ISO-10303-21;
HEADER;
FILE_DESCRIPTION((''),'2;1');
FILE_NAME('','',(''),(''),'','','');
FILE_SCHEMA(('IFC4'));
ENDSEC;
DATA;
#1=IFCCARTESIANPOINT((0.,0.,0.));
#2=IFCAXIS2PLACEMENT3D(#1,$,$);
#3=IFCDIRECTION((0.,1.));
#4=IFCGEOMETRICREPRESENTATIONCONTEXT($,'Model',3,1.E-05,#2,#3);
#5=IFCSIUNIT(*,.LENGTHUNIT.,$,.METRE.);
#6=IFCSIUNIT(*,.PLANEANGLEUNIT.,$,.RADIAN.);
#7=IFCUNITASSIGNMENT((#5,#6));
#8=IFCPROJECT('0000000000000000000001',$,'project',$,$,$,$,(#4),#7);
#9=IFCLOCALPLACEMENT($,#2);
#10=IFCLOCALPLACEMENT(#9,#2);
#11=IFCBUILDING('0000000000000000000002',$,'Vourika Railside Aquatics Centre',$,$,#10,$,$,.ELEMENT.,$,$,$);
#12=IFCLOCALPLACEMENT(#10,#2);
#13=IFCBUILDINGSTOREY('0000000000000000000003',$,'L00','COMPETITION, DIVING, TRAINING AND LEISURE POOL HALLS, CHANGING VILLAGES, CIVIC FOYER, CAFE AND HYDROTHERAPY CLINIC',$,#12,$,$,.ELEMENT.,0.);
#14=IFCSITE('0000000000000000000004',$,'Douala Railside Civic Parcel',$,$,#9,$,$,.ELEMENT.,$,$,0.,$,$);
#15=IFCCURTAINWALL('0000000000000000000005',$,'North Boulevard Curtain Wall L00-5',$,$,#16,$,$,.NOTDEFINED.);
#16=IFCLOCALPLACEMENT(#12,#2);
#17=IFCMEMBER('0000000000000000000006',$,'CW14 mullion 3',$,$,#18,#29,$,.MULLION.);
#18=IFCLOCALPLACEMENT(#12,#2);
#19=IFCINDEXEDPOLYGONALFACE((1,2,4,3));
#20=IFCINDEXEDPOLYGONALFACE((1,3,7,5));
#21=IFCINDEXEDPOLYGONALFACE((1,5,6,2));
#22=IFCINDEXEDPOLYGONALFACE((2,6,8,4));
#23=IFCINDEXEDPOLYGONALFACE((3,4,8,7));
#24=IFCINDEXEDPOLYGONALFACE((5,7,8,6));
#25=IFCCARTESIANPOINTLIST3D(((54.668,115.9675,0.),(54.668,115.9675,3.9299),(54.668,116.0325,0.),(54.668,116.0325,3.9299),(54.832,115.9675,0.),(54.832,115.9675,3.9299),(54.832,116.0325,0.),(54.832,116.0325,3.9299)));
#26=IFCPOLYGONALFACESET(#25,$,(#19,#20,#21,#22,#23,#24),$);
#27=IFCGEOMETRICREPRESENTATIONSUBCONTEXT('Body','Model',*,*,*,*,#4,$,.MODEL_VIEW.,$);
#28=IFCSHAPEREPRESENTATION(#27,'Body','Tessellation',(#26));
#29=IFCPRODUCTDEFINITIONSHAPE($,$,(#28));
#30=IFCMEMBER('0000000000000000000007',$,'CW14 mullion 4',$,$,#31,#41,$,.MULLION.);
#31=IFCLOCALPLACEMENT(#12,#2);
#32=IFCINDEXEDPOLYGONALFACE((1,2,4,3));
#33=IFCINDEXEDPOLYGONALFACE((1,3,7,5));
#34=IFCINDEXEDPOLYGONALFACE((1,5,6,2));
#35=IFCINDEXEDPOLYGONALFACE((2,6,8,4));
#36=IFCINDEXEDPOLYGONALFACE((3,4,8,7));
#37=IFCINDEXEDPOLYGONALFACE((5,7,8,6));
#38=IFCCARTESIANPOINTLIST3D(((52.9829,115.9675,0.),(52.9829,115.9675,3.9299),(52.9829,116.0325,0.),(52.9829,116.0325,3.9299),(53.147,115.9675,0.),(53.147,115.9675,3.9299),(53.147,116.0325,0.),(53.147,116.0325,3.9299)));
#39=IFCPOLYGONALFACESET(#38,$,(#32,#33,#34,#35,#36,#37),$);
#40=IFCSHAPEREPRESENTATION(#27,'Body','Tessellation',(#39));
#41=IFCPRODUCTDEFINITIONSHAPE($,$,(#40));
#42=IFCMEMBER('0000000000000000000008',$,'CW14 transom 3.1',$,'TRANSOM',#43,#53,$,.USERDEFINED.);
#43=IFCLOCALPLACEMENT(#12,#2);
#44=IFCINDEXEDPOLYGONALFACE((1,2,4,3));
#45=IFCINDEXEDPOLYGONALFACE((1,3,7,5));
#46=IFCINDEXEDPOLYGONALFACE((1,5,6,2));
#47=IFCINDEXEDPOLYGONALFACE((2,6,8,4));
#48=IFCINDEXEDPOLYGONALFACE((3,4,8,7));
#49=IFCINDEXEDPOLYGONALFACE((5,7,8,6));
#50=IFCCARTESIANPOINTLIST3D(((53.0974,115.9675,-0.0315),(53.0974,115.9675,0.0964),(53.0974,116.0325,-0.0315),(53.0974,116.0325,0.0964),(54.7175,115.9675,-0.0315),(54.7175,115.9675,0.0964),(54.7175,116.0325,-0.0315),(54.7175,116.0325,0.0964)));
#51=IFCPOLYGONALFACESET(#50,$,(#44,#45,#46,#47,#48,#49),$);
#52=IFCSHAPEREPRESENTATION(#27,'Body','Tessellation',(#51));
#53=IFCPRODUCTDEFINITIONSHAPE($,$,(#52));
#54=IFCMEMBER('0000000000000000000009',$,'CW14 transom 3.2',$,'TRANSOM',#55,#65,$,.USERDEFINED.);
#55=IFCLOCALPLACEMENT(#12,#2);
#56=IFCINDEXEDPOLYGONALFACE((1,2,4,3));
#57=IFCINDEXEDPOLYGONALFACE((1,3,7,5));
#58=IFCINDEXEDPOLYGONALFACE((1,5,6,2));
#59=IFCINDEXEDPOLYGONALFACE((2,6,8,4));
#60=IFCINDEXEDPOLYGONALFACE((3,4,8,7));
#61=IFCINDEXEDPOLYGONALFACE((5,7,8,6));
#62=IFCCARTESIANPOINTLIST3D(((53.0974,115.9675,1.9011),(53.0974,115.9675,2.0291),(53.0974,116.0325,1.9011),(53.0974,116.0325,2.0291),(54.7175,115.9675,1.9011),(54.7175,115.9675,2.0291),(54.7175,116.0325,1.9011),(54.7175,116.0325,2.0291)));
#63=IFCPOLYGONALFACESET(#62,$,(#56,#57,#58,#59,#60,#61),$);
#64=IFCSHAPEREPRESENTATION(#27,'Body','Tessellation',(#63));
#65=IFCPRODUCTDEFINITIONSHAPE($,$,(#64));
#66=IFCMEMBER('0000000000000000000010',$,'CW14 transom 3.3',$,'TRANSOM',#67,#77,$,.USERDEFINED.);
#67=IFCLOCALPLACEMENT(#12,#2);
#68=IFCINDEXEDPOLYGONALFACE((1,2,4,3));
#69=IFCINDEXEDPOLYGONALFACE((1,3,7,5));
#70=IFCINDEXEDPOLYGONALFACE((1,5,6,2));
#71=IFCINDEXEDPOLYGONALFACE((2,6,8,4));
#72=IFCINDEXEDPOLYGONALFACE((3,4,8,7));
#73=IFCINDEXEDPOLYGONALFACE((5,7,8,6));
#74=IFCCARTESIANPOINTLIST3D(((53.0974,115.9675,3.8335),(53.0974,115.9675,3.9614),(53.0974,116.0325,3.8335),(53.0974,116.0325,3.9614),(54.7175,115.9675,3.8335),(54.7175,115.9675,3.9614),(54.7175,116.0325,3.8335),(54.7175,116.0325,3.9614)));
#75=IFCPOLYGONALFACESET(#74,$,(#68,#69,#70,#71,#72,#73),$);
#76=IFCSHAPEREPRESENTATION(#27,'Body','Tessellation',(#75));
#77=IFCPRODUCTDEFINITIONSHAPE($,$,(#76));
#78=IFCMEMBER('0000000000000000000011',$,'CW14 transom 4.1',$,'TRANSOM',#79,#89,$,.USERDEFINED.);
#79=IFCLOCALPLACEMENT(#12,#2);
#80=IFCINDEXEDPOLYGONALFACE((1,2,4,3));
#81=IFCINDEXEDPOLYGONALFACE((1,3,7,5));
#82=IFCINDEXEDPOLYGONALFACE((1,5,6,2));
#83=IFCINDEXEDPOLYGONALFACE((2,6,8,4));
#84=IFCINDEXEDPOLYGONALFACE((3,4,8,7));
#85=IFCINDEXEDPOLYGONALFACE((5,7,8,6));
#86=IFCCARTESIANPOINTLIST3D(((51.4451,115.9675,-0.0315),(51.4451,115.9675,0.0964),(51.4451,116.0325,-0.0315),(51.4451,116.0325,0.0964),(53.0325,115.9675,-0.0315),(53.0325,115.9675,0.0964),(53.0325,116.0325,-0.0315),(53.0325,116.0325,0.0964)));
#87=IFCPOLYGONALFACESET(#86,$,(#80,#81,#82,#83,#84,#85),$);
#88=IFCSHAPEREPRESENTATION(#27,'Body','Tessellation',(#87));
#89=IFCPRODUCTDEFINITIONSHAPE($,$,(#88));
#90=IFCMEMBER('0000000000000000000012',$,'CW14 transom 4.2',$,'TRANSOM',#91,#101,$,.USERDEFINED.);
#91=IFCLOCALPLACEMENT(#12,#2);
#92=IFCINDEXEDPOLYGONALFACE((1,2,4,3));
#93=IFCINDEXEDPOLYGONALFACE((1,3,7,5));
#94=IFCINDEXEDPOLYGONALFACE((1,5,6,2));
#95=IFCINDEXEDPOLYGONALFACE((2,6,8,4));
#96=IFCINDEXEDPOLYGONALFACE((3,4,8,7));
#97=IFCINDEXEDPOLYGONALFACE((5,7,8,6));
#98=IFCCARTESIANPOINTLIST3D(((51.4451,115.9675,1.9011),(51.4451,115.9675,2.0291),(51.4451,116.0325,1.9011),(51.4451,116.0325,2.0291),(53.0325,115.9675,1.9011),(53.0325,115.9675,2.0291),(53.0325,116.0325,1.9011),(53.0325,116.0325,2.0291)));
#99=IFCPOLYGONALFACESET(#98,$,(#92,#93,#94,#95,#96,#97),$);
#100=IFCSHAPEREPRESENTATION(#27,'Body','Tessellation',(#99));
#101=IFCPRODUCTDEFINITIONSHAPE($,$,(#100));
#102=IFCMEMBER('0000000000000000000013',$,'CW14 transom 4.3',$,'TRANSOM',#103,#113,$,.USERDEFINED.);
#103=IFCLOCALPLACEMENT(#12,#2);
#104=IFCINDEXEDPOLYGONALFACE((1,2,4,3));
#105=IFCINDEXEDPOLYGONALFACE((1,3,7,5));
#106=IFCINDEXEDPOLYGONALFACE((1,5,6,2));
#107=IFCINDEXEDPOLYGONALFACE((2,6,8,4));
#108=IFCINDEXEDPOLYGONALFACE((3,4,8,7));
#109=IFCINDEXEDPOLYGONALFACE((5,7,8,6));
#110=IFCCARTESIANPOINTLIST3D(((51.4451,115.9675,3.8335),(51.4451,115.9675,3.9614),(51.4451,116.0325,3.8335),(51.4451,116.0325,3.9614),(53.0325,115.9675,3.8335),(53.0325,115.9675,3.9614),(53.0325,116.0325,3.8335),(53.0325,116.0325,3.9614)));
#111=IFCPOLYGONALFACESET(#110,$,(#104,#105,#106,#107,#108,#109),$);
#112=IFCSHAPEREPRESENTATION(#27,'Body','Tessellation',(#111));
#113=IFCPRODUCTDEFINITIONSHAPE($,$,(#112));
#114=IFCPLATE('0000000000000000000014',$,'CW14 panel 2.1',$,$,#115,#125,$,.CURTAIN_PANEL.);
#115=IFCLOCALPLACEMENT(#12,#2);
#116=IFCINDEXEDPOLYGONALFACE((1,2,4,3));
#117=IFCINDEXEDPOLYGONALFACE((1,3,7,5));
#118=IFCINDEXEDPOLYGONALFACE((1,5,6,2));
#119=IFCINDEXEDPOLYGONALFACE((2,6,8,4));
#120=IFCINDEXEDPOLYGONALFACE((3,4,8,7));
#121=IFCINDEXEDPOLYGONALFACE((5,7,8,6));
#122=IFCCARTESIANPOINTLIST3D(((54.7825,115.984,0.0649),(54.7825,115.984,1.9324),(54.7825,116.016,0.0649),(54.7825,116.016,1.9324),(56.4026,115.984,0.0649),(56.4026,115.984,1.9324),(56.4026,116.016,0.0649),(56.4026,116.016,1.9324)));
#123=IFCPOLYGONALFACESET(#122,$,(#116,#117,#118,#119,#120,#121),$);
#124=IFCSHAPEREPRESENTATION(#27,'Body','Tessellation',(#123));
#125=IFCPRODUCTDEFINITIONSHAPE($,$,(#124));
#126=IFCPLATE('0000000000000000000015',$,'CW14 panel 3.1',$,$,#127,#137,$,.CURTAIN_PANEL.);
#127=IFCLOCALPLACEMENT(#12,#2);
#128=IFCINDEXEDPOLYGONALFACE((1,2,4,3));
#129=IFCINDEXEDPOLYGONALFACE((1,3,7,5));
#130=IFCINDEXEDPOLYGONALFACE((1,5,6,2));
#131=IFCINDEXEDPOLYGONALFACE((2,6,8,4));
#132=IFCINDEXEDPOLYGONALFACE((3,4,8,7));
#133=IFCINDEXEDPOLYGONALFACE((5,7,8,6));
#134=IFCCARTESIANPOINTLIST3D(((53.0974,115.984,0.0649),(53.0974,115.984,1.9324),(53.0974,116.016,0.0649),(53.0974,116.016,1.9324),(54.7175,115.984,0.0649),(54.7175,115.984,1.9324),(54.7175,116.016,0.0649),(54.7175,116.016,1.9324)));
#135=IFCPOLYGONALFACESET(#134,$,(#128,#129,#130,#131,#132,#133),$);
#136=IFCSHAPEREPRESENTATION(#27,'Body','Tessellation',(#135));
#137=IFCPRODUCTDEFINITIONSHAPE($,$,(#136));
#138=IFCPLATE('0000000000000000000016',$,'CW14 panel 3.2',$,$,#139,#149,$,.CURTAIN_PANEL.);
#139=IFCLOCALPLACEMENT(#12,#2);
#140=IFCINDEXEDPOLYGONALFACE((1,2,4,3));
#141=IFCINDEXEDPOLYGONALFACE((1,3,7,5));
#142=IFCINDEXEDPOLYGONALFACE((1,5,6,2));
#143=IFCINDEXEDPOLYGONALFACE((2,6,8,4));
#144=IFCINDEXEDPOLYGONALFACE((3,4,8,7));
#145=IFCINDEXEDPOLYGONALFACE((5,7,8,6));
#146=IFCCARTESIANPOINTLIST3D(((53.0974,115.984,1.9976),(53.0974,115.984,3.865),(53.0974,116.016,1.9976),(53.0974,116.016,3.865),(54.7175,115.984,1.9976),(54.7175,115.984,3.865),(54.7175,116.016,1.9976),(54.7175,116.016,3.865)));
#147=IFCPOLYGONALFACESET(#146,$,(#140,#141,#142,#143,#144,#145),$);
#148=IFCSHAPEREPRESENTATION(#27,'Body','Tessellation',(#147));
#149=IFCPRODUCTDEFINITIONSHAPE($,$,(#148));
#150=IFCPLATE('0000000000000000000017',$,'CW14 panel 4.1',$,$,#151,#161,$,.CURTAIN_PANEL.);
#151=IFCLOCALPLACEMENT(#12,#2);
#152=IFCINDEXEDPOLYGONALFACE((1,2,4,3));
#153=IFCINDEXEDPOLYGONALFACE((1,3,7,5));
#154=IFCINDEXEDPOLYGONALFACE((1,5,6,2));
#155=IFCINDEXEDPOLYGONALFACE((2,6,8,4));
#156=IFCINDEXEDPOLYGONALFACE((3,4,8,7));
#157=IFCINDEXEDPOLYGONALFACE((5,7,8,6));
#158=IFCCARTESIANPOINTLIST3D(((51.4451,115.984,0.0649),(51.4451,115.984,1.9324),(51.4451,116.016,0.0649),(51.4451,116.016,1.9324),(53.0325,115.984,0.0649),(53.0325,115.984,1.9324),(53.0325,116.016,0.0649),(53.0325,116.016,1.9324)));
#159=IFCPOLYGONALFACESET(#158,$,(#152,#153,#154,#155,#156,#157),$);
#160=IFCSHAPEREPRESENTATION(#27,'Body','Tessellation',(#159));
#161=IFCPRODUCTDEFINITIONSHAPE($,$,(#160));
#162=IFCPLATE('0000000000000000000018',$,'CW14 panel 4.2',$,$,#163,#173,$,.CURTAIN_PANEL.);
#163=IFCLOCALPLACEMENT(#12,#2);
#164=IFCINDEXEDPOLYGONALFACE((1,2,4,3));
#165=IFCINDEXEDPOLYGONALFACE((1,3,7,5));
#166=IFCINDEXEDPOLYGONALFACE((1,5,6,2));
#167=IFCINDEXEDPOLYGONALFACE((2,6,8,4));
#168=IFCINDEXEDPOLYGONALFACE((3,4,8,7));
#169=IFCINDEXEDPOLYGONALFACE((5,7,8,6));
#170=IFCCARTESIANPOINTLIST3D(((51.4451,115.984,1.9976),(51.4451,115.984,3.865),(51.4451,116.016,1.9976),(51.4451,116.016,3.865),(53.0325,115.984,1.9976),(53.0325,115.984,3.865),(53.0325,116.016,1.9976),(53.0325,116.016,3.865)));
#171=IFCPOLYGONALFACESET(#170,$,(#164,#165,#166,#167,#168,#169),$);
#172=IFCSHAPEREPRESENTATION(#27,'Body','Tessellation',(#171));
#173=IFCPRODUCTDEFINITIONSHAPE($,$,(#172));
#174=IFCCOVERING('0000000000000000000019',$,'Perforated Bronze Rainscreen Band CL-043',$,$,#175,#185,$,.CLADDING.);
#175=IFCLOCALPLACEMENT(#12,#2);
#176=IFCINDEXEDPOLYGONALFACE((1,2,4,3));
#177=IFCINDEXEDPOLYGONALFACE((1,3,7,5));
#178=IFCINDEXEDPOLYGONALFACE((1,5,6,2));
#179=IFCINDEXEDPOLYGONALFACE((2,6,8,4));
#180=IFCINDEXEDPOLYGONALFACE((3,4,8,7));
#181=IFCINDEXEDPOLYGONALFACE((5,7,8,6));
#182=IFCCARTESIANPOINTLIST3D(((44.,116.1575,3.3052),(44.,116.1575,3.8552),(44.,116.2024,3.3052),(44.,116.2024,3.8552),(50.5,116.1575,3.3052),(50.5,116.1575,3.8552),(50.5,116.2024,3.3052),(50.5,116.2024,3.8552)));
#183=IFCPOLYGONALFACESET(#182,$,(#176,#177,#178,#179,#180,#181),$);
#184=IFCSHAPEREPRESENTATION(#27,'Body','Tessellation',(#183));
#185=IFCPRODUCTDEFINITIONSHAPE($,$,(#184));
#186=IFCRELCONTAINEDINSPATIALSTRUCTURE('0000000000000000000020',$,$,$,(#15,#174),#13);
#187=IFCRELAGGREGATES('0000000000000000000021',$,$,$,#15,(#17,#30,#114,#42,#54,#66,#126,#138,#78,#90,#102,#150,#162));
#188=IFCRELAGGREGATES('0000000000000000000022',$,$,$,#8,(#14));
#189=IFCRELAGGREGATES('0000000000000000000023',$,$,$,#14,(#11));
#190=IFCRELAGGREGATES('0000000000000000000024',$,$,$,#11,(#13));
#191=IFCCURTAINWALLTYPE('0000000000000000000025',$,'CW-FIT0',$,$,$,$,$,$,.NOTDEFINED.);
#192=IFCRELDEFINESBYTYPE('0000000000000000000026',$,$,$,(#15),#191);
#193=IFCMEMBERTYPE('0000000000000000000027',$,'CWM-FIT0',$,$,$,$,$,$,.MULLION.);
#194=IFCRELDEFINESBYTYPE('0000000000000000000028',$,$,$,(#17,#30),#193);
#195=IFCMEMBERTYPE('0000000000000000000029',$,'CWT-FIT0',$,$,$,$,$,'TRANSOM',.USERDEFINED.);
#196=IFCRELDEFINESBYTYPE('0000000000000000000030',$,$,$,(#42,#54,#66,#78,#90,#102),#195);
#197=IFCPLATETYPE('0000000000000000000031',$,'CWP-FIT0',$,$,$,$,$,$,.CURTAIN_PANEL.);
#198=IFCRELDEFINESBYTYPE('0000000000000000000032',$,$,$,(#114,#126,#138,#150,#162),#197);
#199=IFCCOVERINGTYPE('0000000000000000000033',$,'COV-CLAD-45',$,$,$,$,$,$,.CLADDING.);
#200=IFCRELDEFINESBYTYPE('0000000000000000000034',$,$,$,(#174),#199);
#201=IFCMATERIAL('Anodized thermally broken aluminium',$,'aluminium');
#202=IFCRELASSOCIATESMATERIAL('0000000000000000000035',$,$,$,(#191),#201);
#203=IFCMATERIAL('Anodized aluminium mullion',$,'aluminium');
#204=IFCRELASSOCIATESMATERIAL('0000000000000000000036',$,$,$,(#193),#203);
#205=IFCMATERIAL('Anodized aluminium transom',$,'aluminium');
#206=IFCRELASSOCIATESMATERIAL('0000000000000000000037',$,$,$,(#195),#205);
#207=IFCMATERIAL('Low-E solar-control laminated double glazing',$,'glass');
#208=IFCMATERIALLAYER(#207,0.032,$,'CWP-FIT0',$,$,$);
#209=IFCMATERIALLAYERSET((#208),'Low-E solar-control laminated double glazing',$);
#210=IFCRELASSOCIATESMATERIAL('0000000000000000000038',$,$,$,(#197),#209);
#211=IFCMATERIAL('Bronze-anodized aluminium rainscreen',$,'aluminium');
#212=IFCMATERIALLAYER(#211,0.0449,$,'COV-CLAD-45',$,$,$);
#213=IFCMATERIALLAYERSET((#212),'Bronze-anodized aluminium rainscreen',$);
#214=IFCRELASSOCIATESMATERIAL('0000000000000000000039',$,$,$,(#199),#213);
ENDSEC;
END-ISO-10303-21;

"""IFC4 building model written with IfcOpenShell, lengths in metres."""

from ifc_helpers import new_model, si_unit, direction, frame, origin, origin_2d, place, context, subcontext, project, spatial, rectangle, extrude, material, layer, layer_set, material_profile, profile_set, type_object, element, aggregate, save


model = new_model("IFC4")

# Units and contexts
model_context = context("Model", 3, precision=1e-05, world=origin(), true_north=direction((0.0, 1.0)))
body_context = subcontext(model_context, "Body", "Model", "MODEL_VIEW")
ifc_project = project(units=[si_unit("LENGTHUNIT", "METRE"), si_unit("PLANEANGLEUNIT", "RADIAN")], contexts=[model_context])

# Site, building, storey
site_placement = place(None, origin())
site = spatial("IfcSite", under=ifc_project, at=site_placement, Name="Douala Railside Civic Parcel", CompositionType="ELEMENT", RefElevation=0.0)
building_placement = place(site_placement, origin())
building = spatial("IfcBuilding", under=site, at=building_placement, Name="Vourika Railside Aquatics Centre", CompositionType="ELEMENT")
storey_placement = place(building_placement, origin())
storey = spatial("IfcBuildingStorey", under=building, at=storey_placement, Name="L00", Description="COMPETITION, DIVING, TRAINING AND LEISURE POOL HALLS, CHANGING VILLAGES, CIVIC FOYER, CAFE AND HYDROTHERAPY CLINIC", CompositionType="ELEMENT", Elevation=0.0)

# Curtain wall, members, plates
ifc_material_1 = material(Name="Anodized thermally broken aluminium", Category="aluminium")
curtain_wall_type = type_object("IfcCurtainWallType", Name="CW-FIT0", PredefinedType="NOTDEFINED", material=ifc_material_1)
curtain_wall_placement = place(storey_placement, origin())
curtain_wall = element("IfcCurtainWall", 1, at=curtain_wall_placement, inside=storey, type_object=curtain_wall_type, Name="North Boulevard Curtain Wall L00-5", PredefinedType="NOTDEFINED")
ifc_material_2 = material(Name="Anodized aluminium mullion", Category="aluminium")
ifc_material_profile_1 = material_profile(ifc_material_2, rectangle(XDim=0.0649, YDim=0.1641, at=origin_2d()), Name="ALU-M 65x164")
ifc_profile_set_1 = profile_set([ifc_material_profile_1], Name="Anodized aluminium mullion")
member_type_1 = type_object("IfcMemberType", Name="CWM-FIT0", PredefinedType="MULLION", material=ifc_profile_set_1)
member_1_placement = place(storey_placement, frame((54.75, 116.0, 0.0), z_axis=(0.0, 0.0, 1.0), x_axis=(0.0, -1.0, 0.0)))
member_1 = element("IfcMember", 2, at=member_1_placement, type_object=member_type_1, Name="CW14 mullion 3", PredefinedType="MULLION", context=body_context, shape_type="SweptSolid", body=[
    extrude(rectangle(XDim=0.0649, YDim=0.1641, at=origin_2d()), origin(), (0.0, 0.0, 1.0), 3.9299),
])
member_2_placement = place(storey_placement, frame((53.0649, 116.0, 0.0), z_axis=(0.0, 0.0, 1.0), x_axis=(0.0, -1.0, 0.0)))
member_2 = element("IfcMember", 3, at=member_2_placement, type_object=member_type_1, Name="CW14 mullion 4", PredefinedType="MULLION", context=body_context, shape_type="SweptSolid", body=[
    extrude(rectangle(XDim=0.0649, YDim=0.1641, at=origin_2d()), origin(), (0.0, 0.0, 1.0), 3.9299),
])
ifc_material_3 = material(Name="Anodized aluminium transom", Category="aluminium")
ifc_material_profile_2 = material_profile(ifc_material_3, rectangle(XDim=0.0649, YDim=0.1279, at=origin_2d()), Name="ALU-T 65x128")
ifc_profile_set_2 = profile_set([ifc_material_profile_2], Name="Anodized aluminium transom")
member_type_2 = type_object("IfcMemberType", Name="CWT-FIT0", ElementType="TRANSOM", PredefinedType="USERDEFINED", material=ifc_profile_set_2)
member_3_placement = place(storey_placement, frame((54.7175, 116.0, 0.0325), z_axis=(-1.0, 0.0, 0.0), x_axis=(0.0, -1.0, 0.0)))
member_3 = element("IfcMember", 4, at=member_3_placement, type_object=member_type_2, Name="CW14 transom 3.1", ObjectType="TRANSOM", PredefinedType="USERDEFINED", context=body_context, shape_type="SweptSolid", body=[
    extrude(rectangle(XDim=0.0649, YDim=0.1279, at=origin_2d()), origin(), (0.0, 0.0, 1.0), 1.6201),
])
member_4_placement = place(storey_placement, frame((54.7175, 116.0, 1.9651), z_axis=(-1.0, 0.0, 0.0), x_axis=(0.0, -1.0, 0.0)))
member_4 = element("IfcMember", 5, at=member_4_placement, type_object=member_type_2, Name="CW14 transom 3.2", ObjectType="TRANSOM", PredefinedType="USERDEFINED", context=body_context, shape_type="SweptSolid", body=[
    extrude(rectangle(XDim=0.0649, YDim=0.1279, at=origin_2d()), origin(), (0.0, 0.0, 1.0), 1.6201),
])
member_5_placement = place(storey_placement, frame((54.7175, 116.0, 3.8975), z_axis=(-1.0, 0.0, 0.0), x_axis=(0.0, -1.0, 0.0)))
member_5 = element("IfcMember", 6, at=member_5_placement, type_object=member_type_2, Name="CW14 transom 3.3", ObjectType="TRANSOM", PredefinedType="USERDEFINED", context=body_context, shape_type="SweptSolid", body=[
    extrude(rectangle(XDim=0.0649, YDim=0.1279, at=origin_2d()), origin(), (0.0, 0.0, 1.0), 1.6201),
])
member_6_placement = place(storey_placement, frame((53.0325, 116.0, 0.0325), z_axis=(-1.0, 0.0, 0.0), x_axis=(0.0, -1.0, 0.0)))
member_6 = element("IfcMember", 7, at=member_6_placement, type_object=member_type_2, Name="CW14 transom 4.1", ObjectType="TRANSOM", PredefinedType="USERDEFINED", context=body_context, shape_type="SweptSolid", body=[
    extrude(rectangle(XDim=0.0649, YDim=0.1279, at=origin_2d()), origin(), (0.0, 0.0, 1.0), 1.5874),
])
member_7_placement = place(storey_placement, frame((53.0325, 116.0, 1.9651), z_axis=(-1.0, 0.0, 0.0), x_axis=(0.0, -1.0, 0.0)))
member_7 = element("IfcMember", 8, at=member_7_placement, type_object=member_type_2, Name="CW14 transom 4.2", ObjectType="TRANSOM", PredefinedType="USERDEFINED", context=body_context, shape_type="SweptSolid", body=[
    extrude(rectangle(XDim=0.0649, YDim=0.1279, at=origin_2d()), origin(), (0.0, 0.0, 1.0), 1.5874),
])
member_8_placement = place(storey_placement, frame((53.0325, 116.0, 3.8975), z_axis=(-1.0, 0.0, 0.0), x_axis=(0.0, -1.0, 0.0)))
member_8 = element("IfcMember", 9, at=member_8_placement, type_object=member_type_2, Name="CW14 transom 4.3", ObjectType="TRANSOM", PredefinedType="USERDEFINED", context=body_context, shape_type="SweptSolid", body=[
    extrude(rectangle(XDim=0.0649, YDim=0.1279, at=origin_2d()), origin(), (0.0, 0.0, 1.0), 1.5874),
])
ifc_material_4 = material(Name="Low-E solar-control laminated double glazing", Category="glass")
ifc_layer_1 = layer(ifc_material_4, 0.032, Name="CWP-FIT0")
ifc_layer_set_1 = layer_set([ifc_layer_1], Name="Low-E solar-control laminated double glazing")
plate_type = type_object("IfcPlateType", Name="CWP-FIT0", PredefinedType="CURTAIN_PANEL", material=ifc_layer_set_1)
plate_1_placement = place(storey_placement, frame((55.5925, 116.0, 0.0649), z_axis=(0.0, 0.0, 1.0), x_axis=(-1.0, 0.0, 0.0)))
plate_1 = element("IfcPlate", 10, at=plate_1_placement, type_object=plate_type, Name="CW14 panel 2.1", PredefinedType="CURTAIN_PANEL", context=body_context, shape_type="SweptSolid", body=[
    extrude(rectangle(XDim=1.6201, YDim=0.032, at=origin_2d()), origin(), (0.0, 0.0, 1.0), 1.8674),
])
plate_2_placement = place(storey_placement, frame((53.9075, 116.0, 0.0649), z_axis=(0.0, 0.0, 1.0), x_axis=(-1.0, 0.0, 0.0)))
plate_2 = element("IfcPlate", 11, at=plate_2_placement, type_object=plate_type, Name="CW14 panel 3.1", PredefinedType="CURTAIN_PANEL", context=body_context, shape_type="SweptSolid", body=[
    extrude(rectangle(XDim=1.6201, YDim=0.032, at=origin_2d()), origin(), (0.0, 0.0, 1.0), 1.8674),
])
plate_3_placement = place(storey_placement, frame((53.9075, 116.0, 1.9976), z_axis=(0.0, 0.0, 1.0), x_axis=(-1.0, 0.0, 0.0)))
plate_3 = element("IfcPlate", 12, at=plate_3_placement, type_object=plate_type, Name="CW14 panel 3.2", PredefinedType="CURTAIN_PANEL", context=body_context, shape_type="SweptSolid", body=[
    extrude(rectangle(XDim=1.6201, YDim=0.032, at=origin_2d()), origin(), (0.0, 0.0, 1.0), 1.8674),
])
plate_4_placement = place(storey_placement, frame((52.2388, 116.0, 0.0649), z_axis=(0.0, 0.0, 1.0), x_axis=(-1.0, 0.0, 0.0)))
plate_4 = element("IfcPlate", 13, at=plate_4_placement, type_object=plate_type, Name="CW14 panel 4.1", PredefinedType="CURTAIN_PANEL", context=body_context, shape_type="SweptSolid", body=[
    extrude(rectangle(XDim=1.5874, YDim=0.032, at=origin_2d()), origin(), (0.0, 0.0, 1.0), 1.8674),
])
plate_5_placement = place(storey_placement, frame((52.2388, 116.0, 1.9976), z_axis=(0.0, 0.0, 1.0), x_axis=(-1.0, 0.0, 0.0)))
plate_5 = element("IfcPlate", 14, at=plate_5_placement, type_object=plate_type, Name="CW14 panel 4.2", PredefinedType="CURTAIN_PANEL", context=body_context, shape_type="SweptSolid", body=[
    extrude(rectangle(XDim=1.5874, YDim=0.032, at=origin_2d()), origin(), (0.0, 0.0, 1.0), 1.8674),
])
aggregate(curtain_wall, [member_1, member_2, plate_1, member_3, member_4, member_5, plate_2, plate_3, member_6, member_7, member_8, plate_4, plate_5])

# Covering
ifc_material_5 = material(Name="Bronze-anodized aluminium rainscreen", Category="aluminium")
ifc_layer_2 = layer(ifc_material_5, 0.0449, Name="COV-CLAD-45")
ifc_layer_set_2 = layer_set([ifc_layer_2], Name="Bronze-anodized aluminium rainscreen")
covering_type = type_object("IfcCoveringType", Name="COV-CLAD-45", PredefinedType="CLADDING", material=ifc_layer_set_2)
covering_placement = place(storey_placement, frame((47.25, 116.1799, 3.3052), z_axis=(0.0, 0.0, 1.0), x_axis=(-1.0, 0.0, 0.0)))
element("IfcCovering", 15, at=covering_placement, inside=storey, type_object=covering_type, Name="Perforated Bronze Rainscreen Band CL-043", PredefinedType="CLADDING", context=body_context, shape_type="SweptSolid", body=[
    extrude(rectangle(XDim=6.5, YDim=0.0449, at=origin_2d()), origin(), (0.0, 0.0, 1.0), 0.55),
])

save(model, "model.ifc")
